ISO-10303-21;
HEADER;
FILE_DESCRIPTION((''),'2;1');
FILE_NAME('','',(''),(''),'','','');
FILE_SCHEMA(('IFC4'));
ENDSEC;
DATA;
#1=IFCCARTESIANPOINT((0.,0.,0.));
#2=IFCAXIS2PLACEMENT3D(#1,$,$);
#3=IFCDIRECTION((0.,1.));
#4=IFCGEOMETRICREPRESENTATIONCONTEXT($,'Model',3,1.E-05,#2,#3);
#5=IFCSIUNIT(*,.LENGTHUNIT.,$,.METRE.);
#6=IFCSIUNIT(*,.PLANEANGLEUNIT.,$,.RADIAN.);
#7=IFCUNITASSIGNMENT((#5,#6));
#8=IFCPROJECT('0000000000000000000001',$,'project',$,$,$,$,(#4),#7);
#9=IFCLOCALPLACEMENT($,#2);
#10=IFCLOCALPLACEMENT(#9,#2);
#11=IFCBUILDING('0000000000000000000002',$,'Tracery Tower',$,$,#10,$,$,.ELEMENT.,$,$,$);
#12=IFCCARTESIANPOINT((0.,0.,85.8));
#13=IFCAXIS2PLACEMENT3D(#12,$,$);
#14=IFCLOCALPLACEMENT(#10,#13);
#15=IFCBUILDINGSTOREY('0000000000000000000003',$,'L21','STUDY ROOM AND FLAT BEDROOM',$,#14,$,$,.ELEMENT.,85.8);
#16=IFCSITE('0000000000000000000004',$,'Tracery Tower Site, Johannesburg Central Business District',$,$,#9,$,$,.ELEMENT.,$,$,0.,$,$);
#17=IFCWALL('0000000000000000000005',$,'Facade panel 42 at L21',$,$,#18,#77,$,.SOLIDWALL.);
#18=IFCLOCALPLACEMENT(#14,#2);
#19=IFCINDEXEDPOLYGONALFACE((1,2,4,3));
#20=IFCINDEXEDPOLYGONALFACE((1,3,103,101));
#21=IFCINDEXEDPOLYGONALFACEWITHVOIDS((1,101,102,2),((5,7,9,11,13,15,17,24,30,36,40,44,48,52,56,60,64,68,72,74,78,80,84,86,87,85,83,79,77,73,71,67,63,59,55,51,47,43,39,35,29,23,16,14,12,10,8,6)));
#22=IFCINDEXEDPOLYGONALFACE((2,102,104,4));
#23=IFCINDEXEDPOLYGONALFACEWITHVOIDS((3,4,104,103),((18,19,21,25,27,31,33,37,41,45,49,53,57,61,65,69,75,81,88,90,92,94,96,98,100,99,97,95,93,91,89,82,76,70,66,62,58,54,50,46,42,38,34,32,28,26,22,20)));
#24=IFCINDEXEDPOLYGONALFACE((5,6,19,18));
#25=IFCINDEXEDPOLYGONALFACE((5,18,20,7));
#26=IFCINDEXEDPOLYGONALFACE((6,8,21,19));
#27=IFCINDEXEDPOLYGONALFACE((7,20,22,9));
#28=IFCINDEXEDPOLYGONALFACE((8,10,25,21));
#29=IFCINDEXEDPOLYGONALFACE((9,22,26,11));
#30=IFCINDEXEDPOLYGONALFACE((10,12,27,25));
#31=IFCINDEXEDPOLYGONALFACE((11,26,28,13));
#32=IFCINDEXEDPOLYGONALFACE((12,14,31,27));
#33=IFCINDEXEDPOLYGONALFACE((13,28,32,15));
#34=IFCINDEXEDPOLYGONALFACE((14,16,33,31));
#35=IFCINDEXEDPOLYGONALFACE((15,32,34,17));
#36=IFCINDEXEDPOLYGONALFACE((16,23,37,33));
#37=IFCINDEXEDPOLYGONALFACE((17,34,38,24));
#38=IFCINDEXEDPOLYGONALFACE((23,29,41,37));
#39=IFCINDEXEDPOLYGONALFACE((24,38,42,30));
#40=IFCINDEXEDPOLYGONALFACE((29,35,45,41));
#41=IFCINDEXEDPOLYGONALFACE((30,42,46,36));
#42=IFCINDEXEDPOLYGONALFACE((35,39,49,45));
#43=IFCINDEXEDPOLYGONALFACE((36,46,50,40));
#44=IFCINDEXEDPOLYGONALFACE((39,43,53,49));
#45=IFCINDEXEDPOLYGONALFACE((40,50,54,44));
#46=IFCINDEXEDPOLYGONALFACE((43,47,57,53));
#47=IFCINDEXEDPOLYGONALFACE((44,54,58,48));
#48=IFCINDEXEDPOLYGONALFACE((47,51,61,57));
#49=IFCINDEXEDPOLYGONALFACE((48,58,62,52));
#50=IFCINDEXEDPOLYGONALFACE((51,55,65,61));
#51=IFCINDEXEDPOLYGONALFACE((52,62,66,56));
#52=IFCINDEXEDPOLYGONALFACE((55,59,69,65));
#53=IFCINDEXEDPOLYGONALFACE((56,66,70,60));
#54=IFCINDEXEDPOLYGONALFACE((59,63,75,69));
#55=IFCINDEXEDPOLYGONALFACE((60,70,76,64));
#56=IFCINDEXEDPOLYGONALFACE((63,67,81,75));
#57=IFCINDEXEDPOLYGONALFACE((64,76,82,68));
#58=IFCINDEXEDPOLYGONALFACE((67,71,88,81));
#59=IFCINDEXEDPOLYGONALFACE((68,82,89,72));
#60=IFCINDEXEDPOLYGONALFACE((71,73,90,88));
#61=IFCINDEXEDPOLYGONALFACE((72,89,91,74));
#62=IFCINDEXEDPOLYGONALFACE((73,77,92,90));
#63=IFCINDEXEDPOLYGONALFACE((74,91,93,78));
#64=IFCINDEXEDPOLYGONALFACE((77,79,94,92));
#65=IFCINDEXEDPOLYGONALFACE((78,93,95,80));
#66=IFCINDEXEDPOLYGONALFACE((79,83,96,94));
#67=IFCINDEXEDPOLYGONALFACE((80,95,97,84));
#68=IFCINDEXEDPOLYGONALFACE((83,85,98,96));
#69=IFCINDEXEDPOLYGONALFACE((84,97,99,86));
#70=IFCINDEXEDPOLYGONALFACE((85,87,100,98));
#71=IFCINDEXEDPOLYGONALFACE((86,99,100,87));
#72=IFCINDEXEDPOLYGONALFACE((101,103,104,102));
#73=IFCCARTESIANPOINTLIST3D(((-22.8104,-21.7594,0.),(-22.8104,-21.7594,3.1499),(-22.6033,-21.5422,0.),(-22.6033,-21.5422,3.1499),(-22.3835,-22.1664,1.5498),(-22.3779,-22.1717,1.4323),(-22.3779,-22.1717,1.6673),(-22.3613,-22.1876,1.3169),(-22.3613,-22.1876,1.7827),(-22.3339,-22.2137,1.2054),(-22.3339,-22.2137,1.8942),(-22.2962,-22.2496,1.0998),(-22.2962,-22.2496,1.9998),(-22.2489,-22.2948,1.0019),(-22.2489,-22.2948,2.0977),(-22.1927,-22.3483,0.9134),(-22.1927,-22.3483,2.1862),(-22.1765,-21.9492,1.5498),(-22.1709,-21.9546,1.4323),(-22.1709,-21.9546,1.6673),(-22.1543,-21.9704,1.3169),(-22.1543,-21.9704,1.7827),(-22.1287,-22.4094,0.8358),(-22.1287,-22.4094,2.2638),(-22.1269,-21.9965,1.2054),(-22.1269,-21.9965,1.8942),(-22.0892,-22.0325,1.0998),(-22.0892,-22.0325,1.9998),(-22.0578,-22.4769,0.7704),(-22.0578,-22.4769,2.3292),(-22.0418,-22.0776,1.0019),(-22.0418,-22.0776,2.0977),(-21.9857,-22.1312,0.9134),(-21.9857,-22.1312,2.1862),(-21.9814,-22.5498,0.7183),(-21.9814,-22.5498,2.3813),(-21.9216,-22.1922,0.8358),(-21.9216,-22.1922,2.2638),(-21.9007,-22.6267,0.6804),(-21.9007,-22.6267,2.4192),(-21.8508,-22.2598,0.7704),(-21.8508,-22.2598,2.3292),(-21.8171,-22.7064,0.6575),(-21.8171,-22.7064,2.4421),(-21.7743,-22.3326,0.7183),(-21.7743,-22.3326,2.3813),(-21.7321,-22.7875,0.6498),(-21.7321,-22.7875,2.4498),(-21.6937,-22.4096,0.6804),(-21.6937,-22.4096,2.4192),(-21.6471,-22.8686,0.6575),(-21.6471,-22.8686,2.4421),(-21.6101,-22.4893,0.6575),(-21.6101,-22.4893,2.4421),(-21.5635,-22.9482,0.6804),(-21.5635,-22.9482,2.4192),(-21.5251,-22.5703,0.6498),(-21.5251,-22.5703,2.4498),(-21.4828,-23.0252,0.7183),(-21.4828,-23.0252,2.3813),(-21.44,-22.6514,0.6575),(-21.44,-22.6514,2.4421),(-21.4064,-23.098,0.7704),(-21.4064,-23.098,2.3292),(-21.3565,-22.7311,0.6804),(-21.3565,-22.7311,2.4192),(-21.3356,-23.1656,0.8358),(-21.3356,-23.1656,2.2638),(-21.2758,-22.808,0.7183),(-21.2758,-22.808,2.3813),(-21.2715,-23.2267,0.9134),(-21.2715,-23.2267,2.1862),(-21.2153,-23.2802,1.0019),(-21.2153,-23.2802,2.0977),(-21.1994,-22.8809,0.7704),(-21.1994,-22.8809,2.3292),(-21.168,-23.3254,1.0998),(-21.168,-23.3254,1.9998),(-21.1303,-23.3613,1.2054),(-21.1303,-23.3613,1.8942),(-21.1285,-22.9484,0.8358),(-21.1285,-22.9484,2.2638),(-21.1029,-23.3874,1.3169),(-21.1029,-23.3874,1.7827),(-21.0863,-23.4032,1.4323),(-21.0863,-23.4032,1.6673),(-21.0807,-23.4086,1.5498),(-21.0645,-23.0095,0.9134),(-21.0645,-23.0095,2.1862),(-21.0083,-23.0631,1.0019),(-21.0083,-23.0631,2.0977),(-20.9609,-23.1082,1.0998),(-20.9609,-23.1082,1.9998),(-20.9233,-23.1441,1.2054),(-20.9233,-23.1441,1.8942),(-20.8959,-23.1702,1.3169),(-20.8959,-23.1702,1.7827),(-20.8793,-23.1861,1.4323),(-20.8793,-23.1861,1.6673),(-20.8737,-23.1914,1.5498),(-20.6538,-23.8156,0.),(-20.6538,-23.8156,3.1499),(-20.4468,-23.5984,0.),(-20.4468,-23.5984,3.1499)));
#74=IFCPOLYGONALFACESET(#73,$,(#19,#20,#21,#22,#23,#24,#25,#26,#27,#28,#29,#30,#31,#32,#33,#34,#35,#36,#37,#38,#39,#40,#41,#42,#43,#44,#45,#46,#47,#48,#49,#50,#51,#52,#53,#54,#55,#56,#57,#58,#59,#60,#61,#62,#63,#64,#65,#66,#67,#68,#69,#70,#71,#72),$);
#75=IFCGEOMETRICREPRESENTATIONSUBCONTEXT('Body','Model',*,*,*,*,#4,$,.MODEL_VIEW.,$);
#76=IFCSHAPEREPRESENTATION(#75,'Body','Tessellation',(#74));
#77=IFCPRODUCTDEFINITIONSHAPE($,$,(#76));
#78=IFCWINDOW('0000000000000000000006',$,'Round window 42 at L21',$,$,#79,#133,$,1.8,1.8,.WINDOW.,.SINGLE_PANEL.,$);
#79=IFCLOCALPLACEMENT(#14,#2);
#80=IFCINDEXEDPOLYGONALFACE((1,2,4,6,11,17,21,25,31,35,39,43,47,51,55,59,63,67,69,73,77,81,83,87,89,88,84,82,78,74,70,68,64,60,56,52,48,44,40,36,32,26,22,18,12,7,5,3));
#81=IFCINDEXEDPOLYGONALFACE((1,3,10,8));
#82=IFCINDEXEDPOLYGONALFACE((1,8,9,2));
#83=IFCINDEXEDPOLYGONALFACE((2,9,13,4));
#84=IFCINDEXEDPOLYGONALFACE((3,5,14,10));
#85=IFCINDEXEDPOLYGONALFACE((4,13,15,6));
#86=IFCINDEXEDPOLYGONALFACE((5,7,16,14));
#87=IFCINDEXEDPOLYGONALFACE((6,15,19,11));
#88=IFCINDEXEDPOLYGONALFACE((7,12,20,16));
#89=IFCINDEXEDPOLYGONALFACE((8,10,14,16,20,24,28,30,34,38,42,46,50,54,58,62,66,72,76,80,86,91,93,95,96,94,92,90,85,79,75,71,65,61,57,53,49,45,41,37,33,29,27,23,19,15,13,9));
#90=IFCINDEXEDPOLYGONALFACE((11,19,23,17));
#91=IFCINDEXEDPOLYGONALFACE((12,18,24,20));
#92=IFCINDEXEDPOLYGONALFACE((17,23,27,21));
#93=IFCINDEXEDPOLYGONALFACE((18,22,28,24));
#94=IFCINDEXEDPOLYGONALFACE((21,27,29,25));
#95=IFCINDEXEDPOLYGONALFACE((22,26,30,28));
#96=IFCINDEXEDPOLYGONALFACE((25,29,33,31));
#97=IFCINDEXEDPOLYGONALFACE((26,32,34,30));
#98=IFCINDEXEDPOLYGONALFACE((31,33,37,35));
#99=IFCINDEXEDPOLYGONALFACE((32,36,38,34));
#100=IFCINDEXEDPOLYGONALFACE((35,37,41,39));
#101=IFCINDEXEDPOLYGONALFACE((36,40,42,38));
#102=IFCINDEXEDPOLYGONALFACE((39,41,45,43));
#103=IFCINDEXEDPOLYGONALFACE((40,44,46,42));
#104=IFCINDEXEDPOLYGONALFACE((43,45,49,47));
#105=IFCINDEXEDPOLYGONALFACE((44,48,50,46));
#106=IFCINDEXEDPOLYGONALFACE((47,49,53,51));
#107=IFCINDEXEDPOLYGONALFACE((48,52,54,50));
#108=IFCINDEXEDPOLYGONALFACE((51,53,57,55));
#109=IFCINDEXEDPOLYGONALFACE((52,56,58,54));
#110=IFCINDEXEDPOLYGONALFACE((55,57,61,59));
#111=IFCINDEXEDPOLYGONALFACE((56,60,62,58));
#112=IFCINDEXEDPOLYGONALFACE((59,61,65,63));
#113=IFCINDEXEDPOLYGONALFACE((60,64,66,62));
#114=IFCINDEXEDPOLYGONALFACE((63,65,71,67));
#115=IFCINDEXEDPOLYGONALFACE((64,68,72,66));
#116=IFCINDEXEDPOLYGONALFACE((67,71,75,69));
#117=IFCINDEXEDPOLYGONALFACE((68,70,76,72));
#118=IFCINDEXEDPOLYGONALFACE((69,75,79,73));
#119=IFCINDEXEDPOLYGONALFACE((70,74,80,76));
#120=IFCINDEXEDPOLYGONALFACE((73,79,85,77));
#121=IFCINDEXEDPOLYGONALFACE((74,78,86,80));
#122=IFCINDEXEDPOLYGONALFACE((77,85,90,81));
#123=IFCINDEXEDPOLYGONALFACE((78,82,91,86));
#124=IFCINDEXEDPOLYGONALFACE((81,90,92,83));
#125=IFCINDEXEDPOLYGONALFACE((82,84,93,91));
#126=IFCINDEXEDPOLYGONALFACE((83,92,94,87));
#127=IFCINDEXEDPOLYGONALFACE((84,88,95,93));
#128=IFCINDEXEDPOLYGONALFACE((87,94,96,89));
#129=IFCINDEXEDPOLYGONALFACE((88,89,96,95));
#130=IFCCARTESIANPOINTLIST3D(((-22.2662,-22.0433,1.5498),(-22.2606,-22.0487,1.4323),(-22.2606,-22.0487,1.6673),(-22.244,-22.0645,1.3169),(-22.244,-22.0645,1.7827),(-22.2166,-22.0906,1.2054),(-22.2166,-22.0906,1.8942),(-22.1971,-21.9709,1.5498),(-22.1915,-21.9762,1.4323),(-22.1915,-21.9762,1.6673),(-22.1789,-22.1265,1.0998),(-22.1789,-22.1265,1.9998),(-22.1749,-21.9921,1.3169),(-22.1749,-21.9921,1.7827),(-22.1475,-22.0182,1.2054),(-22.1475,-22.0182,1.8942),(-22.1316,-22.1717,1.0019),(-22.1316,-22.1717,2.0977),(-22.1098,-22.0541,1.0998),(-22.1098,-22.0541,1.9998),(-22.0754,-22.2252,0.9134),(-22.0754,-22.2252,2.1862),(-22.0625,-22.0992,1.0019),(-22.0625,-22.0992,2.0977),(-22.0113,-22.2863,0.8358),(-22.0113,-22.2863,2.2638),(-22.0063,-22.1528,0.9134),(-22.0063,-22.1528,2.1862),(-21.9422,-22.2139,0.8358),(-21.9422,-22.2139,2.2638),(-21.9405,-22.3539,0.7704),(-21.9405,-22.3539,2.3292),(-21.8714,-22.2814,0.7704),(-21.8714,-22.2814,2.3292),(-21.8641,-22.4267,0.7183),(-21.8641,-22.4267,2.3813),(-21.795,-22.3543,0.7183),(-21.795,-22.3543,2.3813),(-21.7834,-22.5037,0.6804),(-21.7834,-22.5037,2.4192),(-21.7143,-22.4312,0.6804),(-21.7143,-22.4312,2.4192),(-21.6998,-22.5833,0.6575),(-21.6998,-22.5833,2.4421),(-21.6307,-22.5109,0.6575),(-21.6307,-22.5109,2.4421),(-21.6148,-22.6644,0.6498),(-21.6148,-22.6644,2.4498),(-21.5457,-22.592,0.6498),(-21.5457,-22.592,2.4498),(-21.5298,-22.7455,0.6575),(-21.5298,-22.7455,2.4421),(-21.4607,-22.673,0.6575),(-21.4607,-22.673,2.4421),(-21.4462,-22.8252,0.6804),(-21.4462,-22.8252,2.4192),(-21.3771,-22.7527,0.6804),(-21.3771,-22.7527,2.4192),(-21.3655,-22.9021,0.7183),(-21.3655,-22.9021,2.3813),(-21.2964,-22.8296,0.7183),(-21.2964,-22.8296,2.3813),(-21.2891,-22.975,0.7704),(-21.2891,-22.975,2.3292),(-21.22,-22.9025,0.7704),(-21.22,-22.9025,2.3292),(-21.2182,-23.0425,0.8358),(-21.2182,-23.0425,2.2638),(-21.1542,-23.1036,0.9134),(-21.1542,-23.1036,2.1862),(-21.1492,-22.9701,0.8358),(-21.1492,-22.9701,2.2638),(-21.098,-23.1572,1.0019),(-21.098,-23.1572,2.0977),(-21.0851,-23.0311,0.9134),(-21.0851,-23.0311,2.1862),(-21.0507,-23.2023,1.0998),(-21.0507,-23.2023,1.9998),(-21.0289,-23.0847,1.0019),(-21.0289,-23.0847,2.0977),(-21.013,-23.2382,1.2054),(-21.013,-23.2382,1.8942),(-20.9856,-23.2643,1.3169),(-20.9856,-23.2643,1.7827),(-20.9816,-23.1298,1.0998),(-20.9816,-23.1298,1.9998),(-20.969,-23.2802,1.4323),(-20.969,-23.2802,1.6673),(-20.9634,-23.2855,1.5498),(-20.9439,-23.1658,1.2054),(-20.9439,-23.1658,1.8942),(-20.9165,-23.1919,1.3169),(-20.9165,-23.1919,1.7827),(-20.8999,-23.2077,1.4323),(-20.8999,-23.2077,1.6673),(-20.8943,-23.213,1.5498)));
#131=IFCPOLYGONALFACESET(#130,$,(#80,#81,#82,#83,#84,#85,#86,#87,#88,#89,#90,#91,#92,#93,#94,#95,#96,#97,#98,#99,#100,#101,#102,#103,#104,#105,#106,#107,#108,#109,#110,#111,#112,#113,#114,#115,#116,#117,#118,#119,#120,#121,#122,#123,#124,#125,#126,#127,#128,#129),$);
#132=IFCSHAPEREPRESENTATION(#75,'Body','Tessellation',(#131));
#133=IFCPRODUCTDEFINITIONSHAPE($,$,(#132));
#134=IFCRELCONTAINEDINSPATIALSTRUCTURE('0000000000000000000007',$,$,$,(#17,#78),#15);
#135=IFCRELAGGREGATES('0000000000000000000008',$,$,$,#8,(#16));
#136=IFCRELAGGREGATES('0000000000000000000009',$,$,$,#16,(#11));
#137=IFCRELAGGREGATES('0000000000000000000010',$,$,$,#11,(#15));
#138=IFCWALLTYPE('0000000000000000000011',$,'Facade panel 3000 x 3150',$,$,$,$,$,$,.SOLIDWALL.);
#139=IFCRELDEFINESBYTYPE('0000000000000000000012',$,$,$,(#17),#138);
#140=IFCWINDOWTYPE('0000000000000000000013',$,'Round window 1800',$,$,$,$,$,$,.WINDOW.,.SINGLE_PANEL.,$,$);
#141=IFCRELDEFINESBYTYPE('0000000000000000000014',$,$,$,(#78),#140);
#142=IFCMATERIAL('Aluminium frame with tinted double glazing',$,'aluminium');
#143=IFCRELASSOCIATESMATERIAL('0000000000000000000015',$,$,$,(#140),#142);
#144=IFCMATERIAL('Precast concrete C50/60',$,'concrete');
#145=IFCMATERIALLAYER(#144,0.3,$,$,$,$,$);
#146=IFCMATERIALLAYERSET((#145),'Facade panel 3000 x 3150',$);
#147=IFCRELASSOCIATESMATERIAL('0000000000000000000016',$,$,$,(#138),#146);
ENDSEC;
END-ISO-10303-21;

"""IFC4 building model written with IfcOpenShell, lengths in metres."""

from ifc_helpers import new_model, si_unit, direction, frame, frame_2d, origin, origin_2d, place, context, subcontext, project, spatial, rectangle, circle, extrude, material, layer, layer_set, type_object, element, fill, save


model = new_model("IFC4")

# Units and contexts
model_context = context("Model", 3, precision=1e-05, world=origin(), true_north=direction((0.0, 1.0)))
body_context = subcontext(model_context, "Body", "Model", "MODEL_VIEW")
ifc_project = project(units=[si_unit("LENGTHUNIT", "METRE"), si_unit("PLANEANGLEUNIT", "RADIAN")], contexts=[model_context])

# Site, building, storey
site_placement = place(None, origin())
site = spatial("IfcSite", under=ifc_project, at=site_placement, Name="Tracery Tower Site, Johannesburg Central Business District", CompositionType="ELEMENT", RefElevation=0.0)
building_placement = place(site_placement, origin())
building = spatial("IfcBuilding", under=site, at=building_placement, Name="Tracery Tower", CompositionType="ELEMENT")
storey_placement = place(building_placement, frame((0.0, 0.0, 85.8)))
storey = spatial("IfcBuildingStorey", under=building, at=storey_placement, Name="L21", Description="STUDY ROOM AND FLAT BEDROOM", CompositionType="ELEMENT", Elevation=85.8)

# Wall, opening, window
ifc_material_1 = material(Name="Aluminium frame with tinted double glazing", Category="aluminium")
window_type = type_object("IfcWindowType", Name="Round window 1800", PartitioningType="SINGLE_PANEL", PredefinedType="WINDOW", material=ifc_material_1)
ifc_material_2 = material(Name="Precast concrete C50/60", Category="concrete")
ifc_layer_1 = layer(ifc_material_2, 0.3)
ifc_layer_set_1 = layer_set([ifc_layer_1], Name="Facade panel 3000 x 3150")
wall_type_1 = type_object("IfcWallType", Name="Facade panel 3000 x 3150", PredefinedType="SOLIDWALL", material=ifc_layer_set_1)
wall_1_placement = place(storey_placement, frame((-22.7068, -21.6509, 0.0), z_axis=(0.0, 0.0, 1.0), x_axis=(0.723744, -0.690068, 0.0)))
wall_1 = element("IfcWall", 1, at=wall_1_placement, inside=storey, type_object=wall_type_1, Name="Facade panel 42 at L21", PredefinedType="SOLIDWALL", context=body_context, shape_type="SweptSolid", body=[
    extrude(rectangle(XDim=2.9797, YDim=0.3, at=frame_2d((1.4897, 0.0))), origin(), (0.0, 0.0, 1.0), 3.1499),
])
opening_1_placement = place(wall_1_placement, frame((1.4897, 0.0, 1.5498)))
opening_1 = element("IfcOpeningElement", 2, at=opening_1_placement, cuts=wall_1, PredefinedType="OPENING", context=body_context, shape_type="SweptSolid", body=[
    extrude(circle(Radius=0.9, at=origin_2d()), frame((0.0, 0.1599, 0.0), z_axis=(0.0, -1.0, 0.0), x_axis=(1.0, 0.0, 0.0)), (0.0, 0.0, 1.0), 0.3201),
])
window_1_placement = place(opening_1_placement, origin())
window_1 = element("IfcWindow", 3, at=window_1_placement, inside=storey, type_object=window_type, Name="Round window 42 at L21", OverallHeight=1.8, OverallWidth=1.8, PartitioningType="SINGLE_PANEL", PredefinedType="WINDOW", context=body_context, shape_type="SweptSolid", body=[
    extrude(circle(Radius=0.9, at=origin_2d()), frame((0.0, 0.1201, 0.0), z_axis=(0.0, -1.0, 0.0), x_axis=(1.0, 0.0, 0.0)), (0.0, 0.0, 1.0), 0.1001),
])
fill(opening_1, window_1)

save(model, "model.ifc")
